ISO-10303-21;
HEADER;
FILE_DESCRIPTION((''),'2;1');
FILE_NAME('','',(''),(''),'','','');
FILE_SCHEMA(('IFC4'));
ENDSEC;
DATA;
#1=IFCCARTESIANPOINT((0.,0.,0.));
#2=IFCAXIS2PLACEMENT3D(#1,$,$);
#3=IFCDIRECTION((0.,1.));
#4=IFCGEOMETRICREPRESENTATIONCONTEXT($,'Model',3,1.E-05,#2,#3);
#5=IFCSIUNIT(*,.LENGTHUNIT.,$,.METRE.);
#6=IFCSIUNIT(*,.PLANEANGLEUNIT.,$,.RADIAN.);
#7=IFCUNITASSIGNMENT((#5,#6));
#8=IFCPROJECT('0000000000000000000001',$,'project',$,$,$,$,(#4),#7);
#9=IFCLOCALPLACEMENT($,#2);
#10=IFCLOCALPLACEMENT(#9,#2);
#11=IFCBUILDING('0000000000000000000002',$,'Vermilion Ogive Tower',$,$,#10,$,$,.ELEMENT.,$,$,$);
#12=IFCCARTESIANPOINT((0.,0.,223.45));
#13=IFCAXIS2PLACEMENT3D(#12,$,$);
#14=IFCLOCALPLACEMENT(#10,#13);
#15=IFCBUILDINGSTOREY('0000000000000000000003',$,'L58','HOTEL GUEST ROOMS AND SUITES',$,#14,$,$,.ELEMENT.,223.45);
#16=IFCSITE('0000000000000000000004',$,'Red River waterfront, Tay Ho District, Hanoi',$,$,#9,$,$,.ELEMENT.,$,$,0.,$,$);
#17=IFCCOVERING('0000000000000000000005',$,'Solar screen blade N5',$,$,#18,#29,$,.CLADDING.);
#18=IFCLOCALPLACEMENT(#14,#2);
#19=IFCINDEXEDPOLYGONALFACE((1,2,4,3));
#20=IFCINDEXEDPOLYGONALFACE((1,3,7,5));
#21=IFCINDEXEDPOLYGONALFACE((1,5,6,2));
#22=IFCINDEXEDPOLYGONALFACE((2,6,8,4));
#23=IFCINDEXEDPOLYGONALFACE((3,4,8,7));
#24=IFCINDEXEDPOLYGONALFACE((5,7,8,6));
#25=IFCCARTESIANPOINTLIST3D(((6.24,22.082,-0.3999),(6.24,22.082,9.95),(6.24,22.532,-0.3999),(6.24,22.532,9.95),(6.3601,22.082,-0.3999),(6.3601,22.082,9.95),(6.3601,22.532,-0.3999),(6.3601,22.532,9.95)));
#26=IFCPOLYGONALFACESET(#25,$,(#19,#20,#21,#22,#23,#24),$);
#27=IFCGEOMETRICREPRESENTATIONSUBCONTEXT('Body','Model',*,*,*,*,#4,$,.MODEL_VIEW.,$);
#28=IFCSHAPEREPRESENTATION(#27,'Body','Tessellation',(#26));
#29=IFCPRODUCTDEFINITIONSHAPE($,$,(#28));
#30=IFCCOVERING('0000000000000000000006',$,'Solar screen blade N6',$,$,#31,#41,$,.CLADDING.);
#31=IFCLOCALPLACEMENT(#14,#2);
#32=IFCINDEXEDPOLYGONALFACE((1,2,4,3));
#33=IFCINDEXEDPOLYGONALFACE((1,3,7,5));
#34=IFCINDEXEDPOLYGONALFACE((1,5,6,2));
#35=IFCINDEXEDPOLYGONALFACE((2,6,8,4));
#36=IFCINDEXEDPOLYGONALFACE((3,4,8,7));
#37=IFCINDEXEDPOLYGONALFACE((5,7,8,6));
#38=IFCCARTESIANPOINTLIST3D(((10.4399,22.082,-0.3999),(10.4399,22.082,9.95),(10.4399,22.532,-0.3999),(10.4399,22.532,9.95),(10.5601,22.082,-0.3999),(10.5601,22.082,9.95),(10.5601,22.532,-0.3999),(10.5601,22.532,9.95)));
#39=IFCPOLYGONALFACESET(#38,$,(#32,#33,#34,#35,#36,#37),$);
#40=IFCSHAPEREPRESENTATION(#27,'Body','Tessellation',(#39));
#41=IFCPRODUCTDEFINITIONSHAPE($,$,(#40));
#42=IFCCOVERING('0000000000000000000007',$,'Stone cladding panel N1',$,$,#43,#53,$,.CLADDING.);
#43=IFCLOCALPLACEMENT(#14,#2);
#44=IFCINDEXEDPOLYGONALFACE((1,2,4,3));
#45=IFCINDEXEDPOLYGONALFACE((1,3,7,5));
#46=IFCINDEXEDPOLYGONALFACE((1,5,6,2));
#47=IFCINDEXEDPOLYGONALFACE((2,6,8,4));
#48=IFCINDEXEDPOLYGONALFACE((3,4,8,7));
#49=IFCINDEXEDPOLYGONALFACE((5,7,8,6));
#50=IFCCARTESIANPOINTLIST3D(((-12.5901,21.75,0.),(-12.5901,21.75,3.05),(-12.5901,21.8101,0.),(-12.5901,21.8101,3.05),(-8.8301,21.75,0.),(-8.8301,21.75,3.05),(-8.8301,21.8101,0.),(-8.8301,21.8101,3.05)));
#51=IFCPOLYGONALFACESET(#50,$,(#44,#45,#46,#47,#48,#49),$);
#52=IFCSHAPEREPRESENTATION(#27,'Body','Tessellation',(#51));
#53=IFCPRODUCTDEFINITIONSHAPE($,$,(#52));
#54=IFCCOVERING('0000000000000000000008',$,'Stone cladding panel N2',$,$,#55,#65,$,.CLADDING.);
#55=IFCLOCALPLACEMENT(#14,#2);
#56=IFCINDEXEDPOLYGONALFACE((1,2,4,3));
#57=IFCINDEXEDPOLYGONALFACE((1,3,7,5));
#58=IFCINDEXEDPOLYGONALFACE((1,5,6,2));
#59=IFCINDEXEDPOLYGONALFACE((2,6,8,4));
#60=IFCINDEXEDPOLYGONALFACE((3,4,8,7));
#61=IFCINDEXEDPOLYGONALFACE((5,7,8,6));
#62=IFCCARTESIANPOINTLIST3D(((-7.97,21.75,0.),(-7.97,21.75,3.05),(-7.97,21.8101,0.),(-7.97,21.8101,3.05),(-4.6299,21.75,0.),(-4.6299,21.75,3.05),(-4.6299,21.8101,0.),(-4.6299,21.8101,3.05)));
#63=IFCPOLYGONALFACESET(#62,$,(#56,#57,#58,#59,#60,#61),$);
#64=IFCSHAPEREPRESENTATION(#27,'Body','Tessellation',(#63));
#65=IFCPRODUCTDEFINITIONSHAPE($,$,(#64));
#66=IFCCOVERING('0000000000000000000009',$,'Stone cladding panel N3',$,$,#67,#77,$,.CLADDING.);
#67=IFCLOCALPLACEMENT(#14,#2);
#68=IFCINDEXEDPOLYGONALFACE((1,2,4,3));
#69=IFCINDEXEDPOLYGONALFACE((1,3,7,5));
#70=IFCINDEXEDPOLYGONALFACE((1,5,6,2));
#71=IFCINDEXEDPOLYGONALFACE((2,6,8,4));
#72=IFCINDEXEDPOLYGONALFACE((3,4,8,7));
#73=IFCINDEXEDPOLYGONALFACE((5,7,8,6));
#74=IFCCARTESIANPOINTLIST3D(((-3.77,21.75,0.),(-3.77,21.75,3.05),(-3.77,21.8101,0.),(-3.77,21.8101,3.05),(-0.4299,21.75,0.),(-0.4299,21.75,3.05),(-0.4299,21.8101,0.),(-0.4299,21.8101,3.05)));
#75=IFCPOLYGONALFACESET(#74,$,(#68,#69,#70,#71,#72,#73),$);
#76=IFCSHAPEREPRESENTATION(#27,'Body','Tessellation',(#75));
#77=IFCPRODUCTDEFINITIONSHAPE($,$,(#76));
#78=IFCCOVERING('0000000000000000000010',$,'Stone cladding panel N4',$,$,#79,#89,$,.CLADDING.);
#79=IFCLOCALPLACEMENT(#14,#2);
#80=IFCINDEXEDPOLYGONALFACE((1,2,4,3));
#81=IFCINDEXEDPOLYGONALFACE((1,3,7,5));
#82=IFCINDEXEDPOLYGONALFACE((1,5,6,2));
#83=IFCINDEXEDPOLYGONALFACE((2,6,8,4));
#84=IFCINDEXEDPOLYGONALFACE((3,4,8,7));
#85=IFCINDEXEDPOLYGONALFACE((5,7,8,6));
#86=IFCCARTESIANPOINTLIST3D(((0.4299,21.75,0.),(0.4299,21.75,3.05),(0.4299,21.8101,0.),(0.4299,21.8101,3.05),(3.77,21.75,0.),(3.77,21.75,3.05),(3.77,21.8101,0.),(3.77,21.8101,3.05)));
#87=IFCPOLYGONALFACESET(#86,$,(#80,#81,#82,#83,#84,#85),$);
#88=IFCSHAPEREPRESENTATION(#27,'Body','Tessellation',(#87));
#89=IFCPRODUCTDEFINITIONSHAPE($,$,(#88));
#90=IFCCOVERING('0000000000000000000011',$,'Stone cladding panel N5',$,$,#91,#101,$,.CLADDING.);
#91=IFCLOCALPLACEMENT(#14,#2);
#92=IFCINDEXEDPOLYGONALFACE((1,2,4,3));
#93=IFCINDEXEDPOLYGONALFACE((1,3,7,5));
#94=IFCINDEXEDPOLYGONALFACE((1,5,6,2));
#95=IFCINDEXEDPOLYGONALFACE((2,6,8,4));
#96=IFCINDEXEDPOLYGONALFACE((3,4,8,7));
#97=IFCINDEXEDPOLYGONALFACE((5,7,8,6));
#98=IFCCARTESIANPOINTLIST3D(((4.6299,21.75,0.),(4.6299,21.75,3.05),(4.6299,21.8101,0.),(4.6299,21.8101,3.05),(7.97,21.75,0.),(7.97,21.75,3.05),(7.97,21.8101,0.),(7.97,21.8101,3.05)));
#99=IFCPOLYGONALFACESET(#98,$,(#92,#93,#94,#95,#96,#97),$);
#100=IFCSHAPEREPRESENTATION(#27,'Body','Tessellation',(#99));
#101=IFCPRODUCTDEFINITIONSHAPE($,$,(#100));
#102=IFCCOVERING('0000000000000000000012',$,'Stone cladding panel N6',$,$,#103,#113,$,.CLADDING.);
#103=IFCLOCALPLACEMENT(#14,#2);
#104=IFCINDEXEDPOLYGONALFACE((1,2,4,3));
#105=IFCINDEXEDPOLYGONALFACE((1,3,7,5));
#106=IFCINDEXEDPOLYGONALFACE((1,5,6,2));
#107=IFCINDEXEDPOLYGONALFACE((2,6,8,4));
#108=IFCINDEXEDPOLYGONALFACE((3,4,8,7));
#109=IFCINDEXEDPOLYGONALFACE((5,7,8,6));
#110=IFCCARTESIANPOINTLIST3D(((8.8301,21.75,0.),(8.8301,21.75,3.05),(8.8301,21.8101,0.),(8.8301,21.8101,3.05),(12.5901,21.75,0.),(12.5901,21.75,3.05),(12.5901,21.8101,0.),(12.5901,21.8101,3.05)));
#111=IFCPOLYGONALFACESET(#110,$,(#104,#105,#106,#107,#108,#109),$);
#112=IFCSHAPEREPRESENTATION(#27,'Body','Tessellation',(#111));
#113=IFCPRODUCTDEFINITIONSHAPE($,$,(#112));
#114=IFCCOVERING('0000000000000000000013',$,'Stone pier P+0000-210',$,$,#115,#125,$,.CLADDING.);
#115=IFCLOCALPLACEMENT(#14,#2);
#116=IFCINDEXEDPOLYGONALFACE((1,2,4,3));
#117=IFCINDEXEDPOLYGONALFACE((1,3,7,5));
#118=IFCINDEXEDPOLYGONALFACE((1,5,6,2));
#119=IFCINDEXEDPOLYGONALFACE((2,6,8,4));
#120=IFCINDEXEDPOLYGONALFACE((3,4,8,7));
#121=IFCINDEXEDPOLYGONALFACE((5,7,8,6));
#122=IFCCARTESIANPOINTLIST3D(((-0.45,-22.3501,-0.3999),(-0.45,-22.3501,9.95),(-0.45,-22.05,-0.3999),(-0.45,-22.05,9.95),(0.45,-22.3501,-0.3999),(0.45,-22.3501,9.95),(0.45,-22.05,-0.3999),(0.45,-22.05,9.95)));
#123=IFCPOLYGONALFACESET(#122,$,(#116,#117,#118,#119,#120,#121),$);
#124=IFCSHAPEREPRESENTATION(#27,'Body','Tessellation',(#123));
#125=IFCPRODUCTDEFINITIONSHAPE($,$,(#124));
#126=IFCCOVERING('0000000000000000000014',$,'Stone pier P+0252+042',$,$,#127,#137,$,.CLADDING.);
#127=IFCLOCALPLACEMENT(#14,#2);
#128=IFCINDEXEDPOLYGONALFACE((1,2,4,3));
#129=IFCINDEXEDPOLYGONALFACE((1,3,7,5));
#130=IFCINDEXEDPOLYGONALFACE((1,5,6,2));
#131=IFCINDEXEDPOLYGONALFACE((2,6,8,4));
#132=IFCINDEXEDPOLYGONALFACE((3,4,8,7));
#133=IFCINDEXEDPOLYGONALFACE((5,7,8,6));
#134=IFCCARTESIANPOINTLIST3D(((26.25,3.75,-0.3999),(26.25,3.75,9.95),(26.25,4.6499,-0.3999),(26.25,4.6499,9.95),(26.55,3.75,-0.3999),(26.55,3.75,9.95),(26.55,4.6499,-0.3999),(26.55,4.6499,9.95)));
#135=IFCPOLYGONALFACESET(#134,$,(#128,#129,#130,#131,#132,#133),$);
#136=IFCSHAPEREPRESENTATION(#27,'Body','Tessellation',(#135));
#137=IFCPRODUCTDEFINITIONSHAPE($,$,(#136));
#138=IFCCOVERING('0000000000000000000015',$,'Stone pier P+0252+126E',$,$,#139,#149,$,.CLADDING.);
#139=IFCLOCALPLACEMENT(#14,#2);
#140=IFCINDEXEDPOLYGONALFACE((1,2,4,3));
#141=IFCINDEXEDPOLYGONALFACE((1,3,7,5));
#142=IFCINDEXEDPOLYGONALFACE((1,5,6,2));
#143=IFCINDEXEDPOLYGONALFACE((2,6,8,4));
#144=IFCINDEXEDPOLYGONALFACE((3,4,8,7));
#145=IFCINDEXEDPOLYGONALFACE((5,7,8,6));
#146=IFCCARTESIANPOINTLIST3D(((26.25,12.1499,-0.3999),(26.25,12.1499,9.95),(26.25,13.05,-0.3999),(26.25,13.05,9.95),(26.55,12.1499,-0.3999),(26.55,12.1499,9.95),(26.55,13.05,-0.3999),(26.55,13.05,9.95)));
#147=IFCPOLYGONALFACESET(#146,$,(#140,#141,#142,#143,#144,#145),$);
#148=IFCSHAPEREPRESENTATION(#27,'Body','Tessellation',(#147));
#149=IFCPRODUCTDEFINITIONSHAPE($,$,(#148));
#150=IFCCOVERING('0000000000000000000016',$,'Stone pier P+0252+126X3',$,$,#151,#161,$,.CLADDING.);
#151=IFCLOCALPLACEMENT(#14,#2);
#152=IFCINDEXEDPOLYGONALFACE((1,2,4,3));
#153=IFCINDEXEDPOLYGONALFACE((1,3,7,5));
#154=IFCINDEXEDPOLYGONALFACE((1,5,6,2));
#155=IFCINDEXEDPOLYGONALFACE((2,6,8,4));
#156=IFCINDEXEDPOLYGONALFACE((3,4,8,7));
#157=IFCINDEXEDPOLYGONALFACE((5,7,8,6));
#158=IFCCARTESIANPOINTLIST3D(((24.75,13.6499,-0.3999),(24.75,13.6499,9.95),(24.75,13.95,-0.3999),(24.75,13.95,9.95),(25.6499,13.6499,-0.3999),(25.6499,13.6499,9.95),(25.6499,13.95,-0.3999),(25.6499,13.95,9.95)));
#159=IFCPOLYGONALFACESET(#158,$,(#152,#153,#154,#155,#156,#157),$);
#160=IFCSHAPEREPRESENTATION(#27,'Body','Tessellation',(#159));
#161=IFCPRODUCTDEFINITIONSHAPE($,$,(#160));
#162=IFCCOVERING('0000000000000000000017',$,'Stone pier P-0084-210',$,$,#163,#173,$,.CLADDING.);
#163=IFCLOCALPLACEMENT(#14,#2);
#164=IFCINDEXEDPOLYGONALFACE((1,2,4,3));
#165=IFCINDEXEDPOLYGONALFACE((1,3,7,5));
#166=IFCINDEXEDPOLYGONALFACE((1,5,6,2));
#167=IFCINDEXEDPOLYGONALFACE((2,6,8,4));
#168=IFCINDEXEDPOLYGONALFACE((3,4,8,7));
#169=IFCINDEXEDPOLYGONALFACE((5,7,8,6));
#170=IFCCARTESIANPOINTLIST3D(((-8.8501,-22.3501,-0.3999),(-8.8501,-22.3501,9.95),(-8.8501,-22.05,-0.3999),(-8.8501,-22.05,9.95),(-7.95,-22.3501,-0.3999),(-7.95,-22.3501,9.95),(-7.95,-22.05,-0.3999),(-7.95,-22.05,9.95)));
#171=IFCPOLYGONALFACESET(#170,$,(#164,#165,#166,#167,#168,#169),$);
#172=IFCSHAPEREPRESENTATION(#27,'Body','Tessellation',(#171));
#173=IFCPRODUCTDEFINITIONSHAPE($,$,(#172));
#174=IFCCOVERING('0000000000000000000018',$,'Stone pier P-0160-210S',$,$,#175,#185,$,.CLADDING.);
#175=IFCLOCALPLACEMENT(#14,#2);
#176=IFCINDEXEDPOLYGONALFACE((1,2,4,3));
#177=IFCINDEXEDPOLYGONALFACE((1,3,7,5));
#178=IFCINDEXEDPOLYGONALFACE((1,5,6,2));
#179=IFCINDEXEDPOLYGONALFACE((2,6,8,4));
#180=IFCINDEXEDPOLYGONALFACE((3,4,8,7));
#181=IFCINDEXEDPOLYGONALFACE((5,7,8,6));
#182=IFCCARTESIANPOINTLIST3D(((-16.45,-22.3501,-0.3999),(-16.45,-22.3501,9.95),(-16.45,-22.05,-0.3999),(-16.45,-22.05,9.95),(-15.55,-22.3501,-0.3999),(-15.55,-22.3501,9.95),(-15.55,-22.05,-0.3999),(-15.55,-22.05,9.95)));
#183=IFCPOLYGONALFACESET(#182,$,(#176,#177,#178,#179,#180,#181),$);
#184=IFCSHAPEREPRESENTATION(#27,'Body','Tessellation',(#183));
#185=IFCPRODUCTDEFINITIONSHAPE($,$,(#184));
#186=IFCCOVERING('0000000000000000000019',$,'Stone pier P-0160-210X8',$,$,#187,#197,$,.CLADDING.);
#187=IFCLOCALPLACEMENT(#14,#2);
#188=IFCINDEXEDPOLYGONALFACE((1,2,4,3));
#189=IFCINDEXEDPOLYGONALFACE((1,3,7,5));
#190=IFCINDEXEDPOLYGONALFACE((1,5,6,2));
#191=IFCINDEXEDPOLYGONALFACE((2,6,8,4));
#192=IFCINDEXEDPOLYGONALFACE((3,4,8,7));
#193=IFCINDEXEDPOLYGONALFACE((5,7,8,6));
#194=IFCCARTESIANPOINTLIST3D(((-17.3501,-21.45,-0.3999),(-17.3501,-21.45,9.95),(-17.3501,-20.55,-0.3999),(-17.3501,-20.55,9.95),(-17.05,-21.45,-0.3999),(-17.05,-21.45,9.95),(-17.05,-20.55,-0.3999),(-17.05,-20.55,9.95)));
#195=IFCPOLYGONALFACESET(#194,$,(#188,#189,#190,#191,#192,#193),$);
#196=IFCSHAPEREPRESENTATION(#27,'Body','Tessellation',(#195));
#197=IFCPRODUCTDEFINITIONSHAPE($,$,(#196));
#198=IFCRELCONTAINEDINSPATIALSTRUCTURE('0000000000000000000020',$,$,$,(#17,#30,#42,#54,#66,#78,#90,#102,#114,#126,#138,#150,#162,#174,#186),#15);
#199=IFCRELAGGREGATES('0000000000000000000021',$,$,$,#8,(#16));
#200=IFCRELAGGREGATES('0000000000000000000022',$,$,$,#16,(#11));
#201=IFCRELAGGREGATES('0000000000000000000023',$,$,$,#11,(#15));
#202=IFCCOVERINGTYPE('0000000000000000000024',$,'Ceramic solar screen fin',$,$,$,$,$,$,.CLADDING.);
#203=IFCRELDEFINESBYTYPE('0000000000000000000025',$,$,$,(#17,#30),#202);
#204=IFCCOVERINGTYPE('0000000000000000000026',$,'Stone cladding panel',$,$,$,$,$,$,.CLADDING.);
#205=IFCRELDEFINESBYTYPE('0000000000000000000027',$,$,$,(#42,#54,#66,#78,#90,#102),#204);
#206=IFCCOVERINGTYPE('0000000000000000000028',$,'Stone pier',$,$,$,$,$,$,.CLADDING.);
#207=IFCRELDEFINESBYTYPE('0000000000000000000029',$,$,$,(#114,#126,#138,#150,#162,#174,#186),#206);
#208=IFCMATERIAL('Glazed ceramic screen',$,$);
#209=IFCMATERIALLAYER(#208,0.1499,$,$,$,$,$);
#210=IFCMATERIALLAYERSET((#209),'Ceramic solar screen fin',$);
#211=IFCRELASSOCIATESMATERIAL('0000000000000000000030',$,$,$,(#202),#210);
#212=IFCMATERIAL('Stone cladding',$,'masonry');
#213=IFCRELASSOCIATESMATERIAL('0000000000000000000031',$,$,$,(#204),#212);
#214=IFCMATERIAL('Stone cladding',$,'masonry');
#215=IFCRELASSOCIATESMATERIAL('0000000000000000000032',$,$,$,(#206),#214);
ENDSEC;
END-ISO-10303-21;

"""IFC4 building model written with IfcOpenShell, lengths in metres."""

from ifc_helpers import new_model, si_unit, direction, frame, origin, place, context, subcontext, project, spatial, polyline, outline, extrude, material, layer, layer_set, type_object, element, save


model = new_model("IFC4")

# Units and contexts
model_context = context("Model", 3, precision=1e-05, world=origin(), true_north=direction((0.0, 1.0)))
body_context = subcontext(model_context, "Body", "Model", "MODEL_VIEW")
ifc_project = project(units=[si_unit("LENGTHUNIT", "METRE"), si_unit("PLANEANGLEUNIT", "RADIAN")], contexts=[model_context])

# Site, building, storey
site_placement = place(None, origin())
site = spatial("IfcSite", under=ifc_project, at=site_placement, Name="Red River waterfront, Tay Ho District, Hanoi", CompositionType="ELEMENT", RefElevation=0.0)
building_placement = place(site_placement, origin())
building = spatial("IfcBuilding", under=site, at=building_placement, Name="Vermilion Ogive Tower", CompositionType="ELEMENT")
storey_placement = place(building_placement, frame((0.0, 0.0, 223.45)))
storey = spatial("IfcBuildingStorey", under=building, at=storey_placement, Name="L58", Description="HOTEL GUEST ROOMS AND SUITES", CompositionType="ELEMENT", Elevation=223.45)

# Coverings
ifc_material_1 = material(Name="Glazed ceramic screen")
ifc_layer = layer(ifc_material_1, 0.1499)
ifc_layer_set = layer_set([ifc_layer], Name="Ceramic solar screen fin")
covering_type_1 = type_object("IfcCoveringType", Name="Ceramic solar screen fin", PredefinedType="CLADDING", material=ifc_layer_set)
covering_1_placement = place(storey_placement, frame((0.0, 0.0, -0.3999)))
element("IfcCovering", 1, at=covering_1_placement, inside=storey, type_object=covering_type_1, Name="Solar screen blade N5", PredefinedType="CLADDING", context=body_context, shape_type="SweptSolid", body=[
    extrude(outline(polyline([(6.24, 22.082), (6.3601, 22.082), (6.3601, 22.532), (6.24, 22.532), (6.24, 22.082)])), origin(), (0.0, 0.0, 1.0), 10.3499),
])
covering_2_placement = place(storey_placement, frame((0.0, 0.0, -0.3999)))
element("IfcCovering", 2, at=covering_2_placement, inside=storey, type_object=covering_type_1, Name="Solar screen blade N6", PredefinedType="CLADDING", context=body_context, shape_type="SweptSolid", body=[
    extrude(outline(polyline([(10.4399, 22.082), (10.5601, 22.082), (10.5601, 22.532), (10.4399, 22.532), (10.4399, 22.082)])), origin(), (0.0, 0.0, 1.0), 10.3499),
])
ifc_material_2 = material(Name="Stone cladding", Category="masonry")
covering_type_2 = type_object("IfcCoveringType", Name="Stone cladding panel", PredefinedType="CLADDING", material=ifc_material_2)
covering_3_placement = place(storey_placement, origin())
element("IfcCovering", 3, at=covering_3_placement, inside=storey, type_object=covering_type_2, Name="Stone cladding panel N1", PredefinedType="CLADDING", context=body_context, shape_type="SweptSolid", body=[
    extrude(outline(polyline([(-12.5901, 21.75), (-8.8301, 21.75), (-8.8301, 21.8101), (-12.5901, 21.8101), (-12.5901, 21.75)])), origin(), (0.0, 0.0, 1.0), 3.05),
])
covering_4_placement = place(storey_placement, origin())
element("IfcCovering", 4, at=covering_4_placement, inside=storey, type_object=covering_type_2, Name="Stone cladding panel N2", PredefinedType="CLADDING", context=body_context, shape_type="SweptSolid", body=[
    extrude(outline(polyline([(-7.97, 21.75), (-4.6299, 21.75), (-4.6299, 21.8101), (-7.97, 21.8101), (-7.97, 21.75)])), origin(), (0.0, 0.0, 1.0), 3.05),
])
covering_5_placement = place(storey_placement, origin())
element("IfcCovering", 5, at=covering_5_placement, inside=storey, type_object=covering_type_2, Name="Stone cladding panel N3", PredefinedType="CLADDING", context=body_context, shape_type="SweptSolid", body=[
    extrude(outline(polyline([(-3.77, 21.75), (-0.4299, 21.75), (-0.4299, 21.8101), (-3.77, 21.8101), (-3.77, 21.75)])), origin(), (0.0, 0.0, 1.0), 3.05),
])
covering_6_placement = place(storey_placement, origin())
element("IfcCovering", 6, at=covering_6_placement, inside=storey, type_object=covering_type_2, Name="Stone cladding panel N4", PredefinedType="CLADDING", context=body_context, shape_type="SweptSolid", body=[
    extrude(outline(polyline([(0.4299, 21.75), (3.77, 21.75), (3.77, 21.8101), (0.4299, 21.8101), (0.4299, 21.75)])), origin(), (0.0, 0.0, 1.0), 3.05),
])
covering_7_placement = place(storey_placement, origin())
element("IfcCovering", 7, at=covering_7_placement, inside=storey, type_object=covering_type_2, Name="Stone cladding panel N5", PredefinedType="CLADDING", context=body_context, shape_type="SweptSolid", body=[
    extrude(outline(polyline([(4.6299, 21.75), (7.97, 21.75), (7.97, 21.8101), (4.6299, 21.8101), (4.6299, 21.75)])), origin(), (0.0, 0.0, 1.0), 3.05),
])
covering_8_placement = place(storey_placement, origin())
element("IfcCovering", 8, at=covering_8_placement, inside=storey, type_object=covering_type_2, Name="Stone cladding panel N6", PredefinedType="CLADDING", context=body_context, shape_type="SweptSolid", body=[
    extrude(outline(polyline([(8.8301, 21.75), (12.5901, 21.75), (12.5901, 21.8101), (8.8301, 21.8101), (8.8301, 21.75)])), origin(), (0.0, 0.0, 1.0), 3.05),
])
ifc_material_3 = material(Name="Stone cladding", Category="masonry")
covering_type_3 = type_object("IfcCoveringType", Name="Stone pier", PredefinedType="CLADDING", material=ifc_material_3)
covering_9_placement = place(storey_placement, frame((0.0, 0.0, -0.3999)))
element("IfcCovering", 9, at=covering_9_placement, inside=storey, type_object=covering_type_3, Name="Stone pier P+0000-210", PredefinedType="CLADDING", context=body_context, shape_type="SweptSolid", body=[
    extrude(outline(polyline([(0.45, -22.3501), (-0.45, -22.3501), (-0.45, -22.05), (0.45, -22.05), (0.45, -22.3501)])), origin(), (0.0, 0.0, 1.0), 10.3499),
])
covering_10_placement = place(storey_placement, frame((0.0, 0.0, -0.3999)))
element("IfcCovering", 10, at=covering_10_placement, inside=storey, type_object=covering_type_3, Name="Stone pier P+0252+042", PredefinedType="CLADDING", context=body_context, shape_type="SweptSolid", body=[
    extrude(outline(polyline([(26.55, 4.6499), (26.55, 3.75), (26.25, 3.75), (26.25, 4.6499), (26.55, 4.6499)])), origin(), (0.0, 0.0, 1.0), 10.3499),
])
covering_11_placement = place(storey_placement, frame((0.0, 0.0, -0.3999)))
element("IfcCovering", 11, at=covering_11_placement, inside=storey, type_object=covering_type_3, Name="Stone pier P+0252+126E", PredefinedType="CLADDING", context=body_context, shape_type="SweptSolid", body=[
    extrude(outline(polyline([(26.55, 13.05), (26.55, 12.1499), (26.25, 12.1499), (26.25, 13.05), (26.55, 13.05)])), origin(), (0.0, 0.0, 1.0), 10.3499),
])
covering_12_placement = place(storey_placement, frame((0.0, 0.0, -0.3999)))
element("IfcCovering", 12, at=covering_12_placement, inside=storey, type_object=covering_type_3, Name="Stone pier P+0252+126X3", PredefinedType="CLADDING", context=body_context, shape_type="SweptSolid", body=[
    extrude(outline(polyline([(25.6499, 13.95), (25.6499, 13.6499), (24.75, 13.6499), (24.75, 13.95), (25.6499, 13.95)])), origin(), (0.0, 0.0, 1.0), 10.3499),
])
covering_13_placement = place(storey_placement, frame((0.0, 0.0, -0.3999)))
element("IfcCovering", 13, at=covering_13_placement, inside=storey, type_object=covering_type_3, Name="Stone pier P-0084-210", PredefinedType="CLADDING", context=body_context, shape_type="SweptSolid", body=[
    extrude(outline(polyline([(-7.95, -22.3501), (-8.8501, -22.3501), (-8.8501, -22.05), (-7.95, -22.05), (-7.95, -22.3501)])), origin(), (0.0, 0.0, 1.0), 10.3499),
])
covering_14_placement = place(storey_placement, frame((0.0, 0.0, -0.3999)))
element("IfcCovering", 14, at=covering_14_placement, inside=storey, type_object=covering_type_3, Name="Stone pier P-0160-210S", PredefinedType="CLADDING", context=body_context, shape_type="SweptSolid", body=[
    extrude(outline(polyline([(-15.55, -22.3501), (-16.45, -22.3501), (-16.45, -22.05), (-15.55, -22.05), (-15.55, -22.3501)])), origin(), (0.0, 0.0, 1.0), 10.3499),
])
covering_15_placement = place(storey_placement, frame((0.0, 0.0, -0.3999)))
element("IfcCovering", 15, at=covering_15_placement, inside=storey, type_object=covering_type_3, Name="Stone pier P-0160-210X8", PredefinedType="CLADDING", context=body_context, shape_type="SweptSolid", body=[
    extrude(outline(polyline([(-17.3501, -20.55), (-17.05, -20.55), (-17.05, -21.45), (-17.3501, -21.45), (-17.3501, -20.55)])), origin(), (0.0, 0.0, 1.0), 10.3499),
])

save(model, "model.ifc")
